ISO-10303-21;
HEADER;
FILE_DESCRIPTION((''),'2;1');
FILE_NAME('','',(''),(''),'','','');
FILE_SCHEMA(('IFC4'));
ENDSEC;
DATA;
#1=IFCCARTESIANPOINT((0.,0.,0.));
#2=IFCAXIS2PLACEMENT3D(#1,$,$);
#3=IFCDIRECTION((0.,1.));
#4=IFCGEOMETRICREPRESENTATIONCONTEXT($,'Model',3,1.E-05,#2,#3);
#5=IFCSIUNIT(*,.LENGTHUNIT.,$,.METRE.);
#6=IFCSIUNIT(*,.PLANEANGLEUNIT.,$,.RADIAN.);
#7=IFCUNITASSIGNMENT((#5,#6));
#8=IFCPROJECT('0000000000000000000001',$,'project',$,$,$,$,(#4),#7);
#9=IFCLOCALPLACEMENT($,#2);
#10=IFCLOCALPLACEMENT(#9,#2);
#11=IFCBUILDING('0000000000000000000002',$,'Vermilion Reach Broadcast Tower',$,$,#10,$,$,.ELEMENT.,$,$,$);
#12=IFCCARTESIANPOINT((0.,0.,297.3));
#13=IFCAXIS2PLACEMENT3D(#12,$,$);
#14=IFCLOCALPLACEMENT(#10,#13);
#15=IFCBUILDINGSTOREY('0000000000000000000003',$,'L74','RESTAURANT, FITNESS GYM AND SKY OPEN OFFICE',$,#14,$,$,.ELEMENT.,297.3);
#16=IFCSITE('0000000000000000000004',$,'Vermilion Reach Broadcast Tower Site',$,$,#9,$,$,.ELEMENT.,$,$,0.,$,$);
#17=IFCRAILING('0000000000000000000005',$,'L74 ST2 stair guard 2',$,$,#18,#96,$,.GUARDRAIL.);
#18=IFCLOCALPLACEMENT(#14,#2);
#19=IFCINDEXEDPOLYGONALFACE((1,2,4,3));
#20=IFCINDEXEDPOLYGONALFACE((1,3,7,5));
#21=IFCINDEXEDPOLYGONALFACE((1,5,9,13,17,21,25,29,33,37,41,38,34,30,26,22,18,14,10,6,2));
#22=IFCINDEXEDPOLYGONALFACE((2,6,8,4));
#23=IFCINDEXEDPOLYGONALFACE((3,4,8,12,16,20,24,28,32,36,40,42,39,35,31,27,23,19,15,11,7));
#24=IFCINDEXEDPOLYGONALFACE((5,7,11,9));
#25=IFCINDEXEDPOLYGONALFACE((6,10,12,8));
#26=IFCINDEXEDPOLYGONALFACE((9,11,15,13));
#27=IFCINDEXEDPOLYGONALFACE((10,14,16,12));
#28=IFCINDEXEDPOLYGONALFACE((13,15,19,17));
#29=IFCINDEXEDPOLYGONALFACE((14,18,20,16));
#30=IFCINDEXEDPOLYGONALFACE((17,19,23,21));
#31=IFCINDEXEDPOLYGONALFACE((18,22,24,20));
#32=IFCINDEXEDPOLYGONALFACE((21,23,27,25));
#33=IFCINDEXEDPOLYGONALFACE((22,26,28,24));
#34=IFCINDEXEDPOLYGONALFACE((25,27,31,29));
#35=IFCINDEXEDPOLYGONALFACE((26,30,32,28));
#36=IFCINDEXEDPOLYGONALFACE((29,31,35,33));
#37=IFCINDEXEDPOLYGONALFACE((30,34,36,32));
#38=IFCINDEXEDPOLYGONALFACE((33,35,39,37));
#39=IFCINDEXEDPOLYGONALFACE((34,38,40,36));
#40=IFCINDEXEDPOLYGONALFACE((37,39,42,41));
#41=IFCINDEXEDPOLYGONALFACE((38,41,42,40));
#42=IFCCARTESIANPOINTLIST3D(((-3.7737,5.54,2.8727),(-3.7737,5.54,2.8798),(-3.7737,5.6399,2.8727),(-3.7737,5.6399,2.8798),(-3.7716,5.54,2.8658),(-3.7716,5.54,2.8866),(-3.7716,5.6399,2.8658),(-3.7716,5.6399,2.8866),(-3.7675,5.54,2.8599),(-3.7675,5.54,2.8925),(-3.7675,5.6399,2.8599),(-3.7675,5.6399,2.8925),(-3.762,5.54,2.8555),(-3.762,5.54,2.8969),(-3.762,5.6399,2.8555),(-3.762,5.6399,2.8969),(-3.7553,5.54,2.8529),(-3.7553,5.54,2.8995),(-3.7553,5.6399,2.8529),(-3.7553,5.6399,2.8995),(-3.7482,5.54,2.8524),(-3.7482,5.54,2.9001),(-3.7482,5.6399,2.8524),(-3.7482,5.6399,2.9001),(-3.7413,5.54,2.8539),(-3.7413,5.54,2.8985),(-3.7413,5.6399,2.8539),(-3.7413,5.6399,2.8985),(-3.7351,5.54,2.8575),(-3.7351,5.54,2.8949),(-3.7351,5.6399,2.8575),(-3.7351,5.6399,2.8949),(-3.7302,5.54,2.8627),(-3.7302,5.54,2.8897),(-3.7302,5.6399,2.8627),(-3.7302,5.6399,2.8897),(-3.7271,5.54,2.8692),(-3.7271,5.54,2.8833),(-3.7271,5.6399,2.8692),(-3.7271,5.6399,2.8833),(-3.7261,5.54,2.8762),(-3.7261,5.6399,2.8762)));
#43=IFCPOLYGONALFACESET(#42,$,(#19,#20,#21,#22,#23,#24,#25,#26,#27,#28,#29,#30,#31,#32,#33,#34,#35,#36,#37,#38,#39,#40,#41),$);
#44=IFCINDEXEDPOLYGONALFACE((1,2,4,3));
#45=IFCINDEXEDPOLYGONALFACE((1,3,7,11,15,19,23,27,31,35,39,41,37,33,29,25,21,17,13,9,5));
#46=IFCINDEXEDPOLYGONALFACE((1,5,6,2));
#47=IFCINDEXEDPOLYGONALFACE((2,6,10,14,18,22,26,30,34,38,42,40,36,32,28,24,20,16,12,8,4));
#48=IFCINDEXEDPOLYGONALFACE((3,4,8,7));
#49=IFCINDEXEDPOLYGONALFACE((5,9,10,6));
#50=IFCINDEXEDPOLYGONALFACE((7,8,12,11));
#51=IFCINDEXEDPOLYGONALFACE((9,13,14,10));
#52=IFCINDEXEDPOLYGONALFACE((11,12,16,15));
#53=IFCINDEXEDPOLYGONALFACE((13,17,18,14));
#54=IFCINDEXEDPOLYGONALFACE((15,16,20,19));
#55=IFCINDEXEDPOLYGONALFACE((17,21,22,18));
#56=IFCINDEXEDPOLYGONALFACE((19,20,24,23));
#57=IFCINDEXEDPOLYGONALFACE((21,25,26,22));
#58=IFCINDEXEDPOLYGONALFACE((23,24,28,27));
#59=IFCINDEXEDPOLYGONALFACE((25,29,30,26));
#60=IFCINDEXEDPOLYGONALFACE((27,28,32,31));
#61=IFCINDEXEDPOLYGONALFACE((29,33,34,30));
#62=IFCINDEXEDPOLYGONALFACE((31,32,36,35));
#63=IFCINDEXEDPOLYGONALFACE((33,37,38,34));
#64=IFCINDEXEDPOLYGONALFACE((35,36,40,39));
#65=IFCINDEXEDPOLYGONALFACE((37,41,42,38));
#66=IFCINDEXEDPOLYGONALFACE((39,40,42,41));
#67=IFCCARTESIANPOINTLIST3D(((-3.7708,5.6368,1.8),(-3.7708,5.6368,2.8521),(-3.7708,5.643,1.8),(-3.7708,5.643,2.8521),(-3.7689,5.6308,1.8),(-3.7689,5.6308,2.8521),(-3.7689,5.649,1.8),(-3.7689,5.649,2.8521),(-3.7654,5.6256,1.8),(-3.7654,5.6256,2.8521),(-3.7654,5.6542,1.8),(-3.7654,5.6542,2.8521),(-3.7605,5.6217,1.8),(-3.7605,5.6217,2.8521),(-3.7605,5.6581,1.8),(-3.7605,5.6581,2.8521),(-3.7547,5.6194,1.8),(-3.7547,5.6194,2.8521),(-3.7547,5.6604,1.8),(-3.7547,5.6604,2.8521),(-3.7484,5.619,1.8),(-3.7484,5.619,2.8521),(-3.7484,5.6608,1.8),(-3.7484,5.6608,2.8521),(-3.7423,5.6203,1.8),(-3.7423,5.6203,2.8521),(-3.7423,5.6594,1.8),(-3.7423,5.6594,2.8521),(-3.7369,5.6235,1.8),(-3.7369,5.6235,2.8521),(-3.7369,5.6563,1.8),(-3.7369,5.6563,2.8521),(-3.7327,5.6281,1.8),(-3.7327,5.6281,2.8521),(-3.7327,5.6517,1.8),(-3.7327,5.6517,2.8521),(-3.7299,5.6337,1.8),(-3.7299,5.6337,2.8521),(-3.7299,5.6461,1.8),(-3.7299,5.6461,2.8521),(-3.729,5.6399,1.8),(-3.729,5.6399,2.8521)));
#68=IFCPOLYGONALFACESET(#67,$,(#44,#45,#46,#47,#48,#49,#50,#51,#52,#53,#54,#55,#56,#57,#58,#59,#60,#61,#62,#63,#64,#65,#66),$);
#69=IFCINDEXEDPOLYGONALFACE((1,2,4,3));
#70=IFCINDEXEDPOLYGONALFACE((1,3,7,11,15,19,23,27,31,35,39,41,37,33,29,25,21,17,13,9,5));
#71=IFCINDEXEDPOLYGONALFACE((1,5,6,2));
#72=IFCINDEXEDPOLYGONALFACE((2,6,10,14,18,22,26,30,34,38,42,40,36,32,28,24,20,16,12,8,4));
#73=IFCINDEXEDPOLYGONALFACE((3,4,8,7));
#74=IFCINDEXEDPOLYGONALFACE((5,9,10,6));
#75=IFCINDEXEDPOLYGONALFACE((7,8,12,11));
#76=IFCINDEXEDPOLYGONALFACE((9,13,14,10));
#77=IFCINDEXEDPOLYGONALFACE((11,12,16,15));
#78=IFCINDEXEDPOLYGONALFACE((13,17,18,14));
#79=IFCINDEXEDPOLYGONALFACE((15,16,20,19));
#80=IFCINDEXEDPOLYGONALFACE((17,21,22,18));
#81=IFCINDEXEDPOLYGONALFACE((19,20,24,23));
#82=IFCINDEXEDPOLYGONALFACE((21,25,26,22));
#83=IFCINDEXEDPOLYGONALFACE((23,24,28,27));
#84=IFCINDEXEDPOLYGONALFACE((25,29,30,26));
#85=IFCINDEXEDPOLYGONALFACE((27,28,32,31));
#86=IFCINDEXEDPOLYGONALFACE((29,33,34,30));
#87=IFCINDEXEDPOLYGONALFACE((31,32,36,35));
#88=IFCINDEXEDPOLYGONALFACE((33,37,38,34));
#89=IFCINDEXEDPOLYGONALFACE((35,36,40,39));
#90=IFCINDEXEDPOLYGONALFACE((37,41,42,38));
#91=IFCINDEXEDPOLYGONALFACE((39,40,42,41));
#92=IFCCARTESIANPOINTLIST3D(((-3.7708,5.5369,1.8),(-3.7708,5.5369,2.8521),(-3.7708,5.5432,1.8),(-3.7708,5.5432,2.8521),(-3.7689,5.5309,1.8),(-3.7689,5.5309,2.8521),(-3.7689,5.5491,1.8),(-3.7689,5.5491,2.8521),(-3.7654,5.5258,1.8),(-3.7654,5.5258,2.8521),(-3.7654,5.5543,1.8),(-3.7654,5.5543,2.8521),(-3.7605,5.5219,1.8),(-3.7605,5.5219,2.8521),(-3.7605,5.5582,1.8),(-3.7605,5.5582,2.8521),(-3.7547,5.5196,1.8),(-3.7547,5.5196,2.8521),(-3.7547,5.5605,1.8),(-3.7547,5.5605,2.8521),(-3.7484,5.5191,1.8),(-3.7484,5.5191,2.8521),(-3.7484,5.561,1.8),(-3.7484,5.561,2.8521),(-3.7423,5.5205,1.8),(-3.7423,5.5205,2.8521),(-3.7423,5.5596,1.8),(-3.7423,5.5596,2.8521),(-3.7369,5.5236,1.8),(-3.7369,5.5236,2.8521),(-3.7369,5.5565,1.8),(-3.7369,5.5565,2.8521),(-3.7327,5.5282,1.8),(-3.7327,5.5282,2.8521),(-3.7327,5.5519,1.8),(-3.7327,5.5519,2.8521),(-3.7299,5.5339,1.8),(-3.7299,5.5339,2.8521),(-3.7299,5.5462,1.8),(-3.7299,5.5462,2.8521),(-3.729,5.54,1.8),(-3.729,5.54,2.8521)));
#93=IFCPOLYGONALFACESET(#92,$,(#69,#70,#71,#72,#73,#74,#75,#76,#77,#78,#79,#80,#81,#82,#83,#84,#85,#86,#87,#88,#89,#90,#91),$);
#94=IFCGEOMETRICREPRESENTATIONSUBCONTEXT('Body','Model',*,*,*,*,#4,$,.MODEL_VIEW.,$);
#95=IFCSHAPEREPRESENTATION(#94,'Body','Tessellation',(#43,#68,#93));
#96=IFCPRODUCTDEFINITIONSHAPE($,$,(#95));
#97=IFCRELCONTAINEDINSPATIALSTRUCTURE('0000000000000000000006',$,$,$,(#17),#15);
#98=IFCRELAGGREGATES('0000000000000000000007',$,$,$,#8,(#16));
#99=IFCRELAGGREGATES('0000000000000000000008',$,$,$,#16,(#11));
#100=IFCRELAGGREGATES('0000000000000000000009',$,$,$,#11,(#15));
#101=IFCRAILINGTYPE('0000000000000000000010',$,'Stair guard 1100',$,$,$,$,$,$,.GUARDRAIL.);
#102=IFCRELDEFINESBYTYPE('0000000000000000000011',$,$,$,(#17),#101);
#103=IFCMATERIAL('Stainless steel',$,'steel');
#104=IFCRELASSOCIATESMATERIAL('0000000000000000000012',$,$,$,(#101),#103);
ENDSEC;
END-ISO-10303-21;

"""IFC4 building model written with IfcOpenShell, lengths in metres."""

from ifc_helpers import new_model, si_unit, direction, frame, origin, origin_2d, place, context, subcontext, project, spatial, circle, extrude, material, type_object, element, save


model = new_model("IFC4")

# Units and contexts
model_context = context("Model", 3, precision=1e-05, world=origin(), true_north=direction((0.0, 1.0)))
body_context = subcontext(model_context, "Body", "Model", "MODEL_VIEW")
ifc_project = project(units=[si_unit("LENGTHUNIT", "METRE"), si_unit("PLANEANGLEUNIT", "RADIAN")], contexts=[model_context])

# Site, building, storey
site_placement = place(None, origin())
site = spatial("IfcSite", under=ifc_project, at=site_placement, Name="Vermilion Reach Broadcast Tower Site", CompositionType="ELEMENT", RefElevation=0.0)
building_placement = place(site_placement, origin())
building = spatial("IfcBuilding", under=site, at=building_placement, Name="Vermilion Reach Broadcast Tower", CompositionType="ELEMENT")
storey_placement = place(building_placement, frame((0.0, 0.0, 297.3)))
storey = spatial("IfcBuildingStorey", under=building, at=storey_placement, Name="L74", Description="RESTAURANT, FITNESS GYM AND SKY OPEN OFFICE", CompositionType="ELEMENT", Elevation=297.3)

# Railing
ifc_material_1 = material(Name="Stainless steel", Category="steel")
railing_type_1 = type_object("IfcRailingType", Name="Stair guard 1100", PredefinedType="GUARDRAIL", material=ifc_material_1)
railing_1_placement = place(storey_placement, frame((-3.75, 5.6399, 1.8)))
element("IfcRailing", 1, at=railing_1_placement, inside=storey, type_object=railing_type_1, Name="L74 ST2 stair guard 2", PredefinedType="GUARDRAIL", context=body_context, shape_type="SweptSolid", body=[
    extrude(circle(Radius=0.0239, at=origin_2d()), frame((0.0, 0.0, 1.0762), z_axis=(0.0, -1.0, 0.0), x_axis=(1.0, 0.0, 0.0)), (0.0, 0.0, 1.0), 0.0999),
    extrude(circle(Radius=0.021, at=origin_2d()), origin(), (0.0, 0.0, 1.0), 1.052),
    extrude(circle(Radius=0.021, at=origin_2d()), frame((0.0, -0.0999, 0.0)), (0.0, 0.0, 1.0), 1.052),
])

save(model, "model.ifc")
